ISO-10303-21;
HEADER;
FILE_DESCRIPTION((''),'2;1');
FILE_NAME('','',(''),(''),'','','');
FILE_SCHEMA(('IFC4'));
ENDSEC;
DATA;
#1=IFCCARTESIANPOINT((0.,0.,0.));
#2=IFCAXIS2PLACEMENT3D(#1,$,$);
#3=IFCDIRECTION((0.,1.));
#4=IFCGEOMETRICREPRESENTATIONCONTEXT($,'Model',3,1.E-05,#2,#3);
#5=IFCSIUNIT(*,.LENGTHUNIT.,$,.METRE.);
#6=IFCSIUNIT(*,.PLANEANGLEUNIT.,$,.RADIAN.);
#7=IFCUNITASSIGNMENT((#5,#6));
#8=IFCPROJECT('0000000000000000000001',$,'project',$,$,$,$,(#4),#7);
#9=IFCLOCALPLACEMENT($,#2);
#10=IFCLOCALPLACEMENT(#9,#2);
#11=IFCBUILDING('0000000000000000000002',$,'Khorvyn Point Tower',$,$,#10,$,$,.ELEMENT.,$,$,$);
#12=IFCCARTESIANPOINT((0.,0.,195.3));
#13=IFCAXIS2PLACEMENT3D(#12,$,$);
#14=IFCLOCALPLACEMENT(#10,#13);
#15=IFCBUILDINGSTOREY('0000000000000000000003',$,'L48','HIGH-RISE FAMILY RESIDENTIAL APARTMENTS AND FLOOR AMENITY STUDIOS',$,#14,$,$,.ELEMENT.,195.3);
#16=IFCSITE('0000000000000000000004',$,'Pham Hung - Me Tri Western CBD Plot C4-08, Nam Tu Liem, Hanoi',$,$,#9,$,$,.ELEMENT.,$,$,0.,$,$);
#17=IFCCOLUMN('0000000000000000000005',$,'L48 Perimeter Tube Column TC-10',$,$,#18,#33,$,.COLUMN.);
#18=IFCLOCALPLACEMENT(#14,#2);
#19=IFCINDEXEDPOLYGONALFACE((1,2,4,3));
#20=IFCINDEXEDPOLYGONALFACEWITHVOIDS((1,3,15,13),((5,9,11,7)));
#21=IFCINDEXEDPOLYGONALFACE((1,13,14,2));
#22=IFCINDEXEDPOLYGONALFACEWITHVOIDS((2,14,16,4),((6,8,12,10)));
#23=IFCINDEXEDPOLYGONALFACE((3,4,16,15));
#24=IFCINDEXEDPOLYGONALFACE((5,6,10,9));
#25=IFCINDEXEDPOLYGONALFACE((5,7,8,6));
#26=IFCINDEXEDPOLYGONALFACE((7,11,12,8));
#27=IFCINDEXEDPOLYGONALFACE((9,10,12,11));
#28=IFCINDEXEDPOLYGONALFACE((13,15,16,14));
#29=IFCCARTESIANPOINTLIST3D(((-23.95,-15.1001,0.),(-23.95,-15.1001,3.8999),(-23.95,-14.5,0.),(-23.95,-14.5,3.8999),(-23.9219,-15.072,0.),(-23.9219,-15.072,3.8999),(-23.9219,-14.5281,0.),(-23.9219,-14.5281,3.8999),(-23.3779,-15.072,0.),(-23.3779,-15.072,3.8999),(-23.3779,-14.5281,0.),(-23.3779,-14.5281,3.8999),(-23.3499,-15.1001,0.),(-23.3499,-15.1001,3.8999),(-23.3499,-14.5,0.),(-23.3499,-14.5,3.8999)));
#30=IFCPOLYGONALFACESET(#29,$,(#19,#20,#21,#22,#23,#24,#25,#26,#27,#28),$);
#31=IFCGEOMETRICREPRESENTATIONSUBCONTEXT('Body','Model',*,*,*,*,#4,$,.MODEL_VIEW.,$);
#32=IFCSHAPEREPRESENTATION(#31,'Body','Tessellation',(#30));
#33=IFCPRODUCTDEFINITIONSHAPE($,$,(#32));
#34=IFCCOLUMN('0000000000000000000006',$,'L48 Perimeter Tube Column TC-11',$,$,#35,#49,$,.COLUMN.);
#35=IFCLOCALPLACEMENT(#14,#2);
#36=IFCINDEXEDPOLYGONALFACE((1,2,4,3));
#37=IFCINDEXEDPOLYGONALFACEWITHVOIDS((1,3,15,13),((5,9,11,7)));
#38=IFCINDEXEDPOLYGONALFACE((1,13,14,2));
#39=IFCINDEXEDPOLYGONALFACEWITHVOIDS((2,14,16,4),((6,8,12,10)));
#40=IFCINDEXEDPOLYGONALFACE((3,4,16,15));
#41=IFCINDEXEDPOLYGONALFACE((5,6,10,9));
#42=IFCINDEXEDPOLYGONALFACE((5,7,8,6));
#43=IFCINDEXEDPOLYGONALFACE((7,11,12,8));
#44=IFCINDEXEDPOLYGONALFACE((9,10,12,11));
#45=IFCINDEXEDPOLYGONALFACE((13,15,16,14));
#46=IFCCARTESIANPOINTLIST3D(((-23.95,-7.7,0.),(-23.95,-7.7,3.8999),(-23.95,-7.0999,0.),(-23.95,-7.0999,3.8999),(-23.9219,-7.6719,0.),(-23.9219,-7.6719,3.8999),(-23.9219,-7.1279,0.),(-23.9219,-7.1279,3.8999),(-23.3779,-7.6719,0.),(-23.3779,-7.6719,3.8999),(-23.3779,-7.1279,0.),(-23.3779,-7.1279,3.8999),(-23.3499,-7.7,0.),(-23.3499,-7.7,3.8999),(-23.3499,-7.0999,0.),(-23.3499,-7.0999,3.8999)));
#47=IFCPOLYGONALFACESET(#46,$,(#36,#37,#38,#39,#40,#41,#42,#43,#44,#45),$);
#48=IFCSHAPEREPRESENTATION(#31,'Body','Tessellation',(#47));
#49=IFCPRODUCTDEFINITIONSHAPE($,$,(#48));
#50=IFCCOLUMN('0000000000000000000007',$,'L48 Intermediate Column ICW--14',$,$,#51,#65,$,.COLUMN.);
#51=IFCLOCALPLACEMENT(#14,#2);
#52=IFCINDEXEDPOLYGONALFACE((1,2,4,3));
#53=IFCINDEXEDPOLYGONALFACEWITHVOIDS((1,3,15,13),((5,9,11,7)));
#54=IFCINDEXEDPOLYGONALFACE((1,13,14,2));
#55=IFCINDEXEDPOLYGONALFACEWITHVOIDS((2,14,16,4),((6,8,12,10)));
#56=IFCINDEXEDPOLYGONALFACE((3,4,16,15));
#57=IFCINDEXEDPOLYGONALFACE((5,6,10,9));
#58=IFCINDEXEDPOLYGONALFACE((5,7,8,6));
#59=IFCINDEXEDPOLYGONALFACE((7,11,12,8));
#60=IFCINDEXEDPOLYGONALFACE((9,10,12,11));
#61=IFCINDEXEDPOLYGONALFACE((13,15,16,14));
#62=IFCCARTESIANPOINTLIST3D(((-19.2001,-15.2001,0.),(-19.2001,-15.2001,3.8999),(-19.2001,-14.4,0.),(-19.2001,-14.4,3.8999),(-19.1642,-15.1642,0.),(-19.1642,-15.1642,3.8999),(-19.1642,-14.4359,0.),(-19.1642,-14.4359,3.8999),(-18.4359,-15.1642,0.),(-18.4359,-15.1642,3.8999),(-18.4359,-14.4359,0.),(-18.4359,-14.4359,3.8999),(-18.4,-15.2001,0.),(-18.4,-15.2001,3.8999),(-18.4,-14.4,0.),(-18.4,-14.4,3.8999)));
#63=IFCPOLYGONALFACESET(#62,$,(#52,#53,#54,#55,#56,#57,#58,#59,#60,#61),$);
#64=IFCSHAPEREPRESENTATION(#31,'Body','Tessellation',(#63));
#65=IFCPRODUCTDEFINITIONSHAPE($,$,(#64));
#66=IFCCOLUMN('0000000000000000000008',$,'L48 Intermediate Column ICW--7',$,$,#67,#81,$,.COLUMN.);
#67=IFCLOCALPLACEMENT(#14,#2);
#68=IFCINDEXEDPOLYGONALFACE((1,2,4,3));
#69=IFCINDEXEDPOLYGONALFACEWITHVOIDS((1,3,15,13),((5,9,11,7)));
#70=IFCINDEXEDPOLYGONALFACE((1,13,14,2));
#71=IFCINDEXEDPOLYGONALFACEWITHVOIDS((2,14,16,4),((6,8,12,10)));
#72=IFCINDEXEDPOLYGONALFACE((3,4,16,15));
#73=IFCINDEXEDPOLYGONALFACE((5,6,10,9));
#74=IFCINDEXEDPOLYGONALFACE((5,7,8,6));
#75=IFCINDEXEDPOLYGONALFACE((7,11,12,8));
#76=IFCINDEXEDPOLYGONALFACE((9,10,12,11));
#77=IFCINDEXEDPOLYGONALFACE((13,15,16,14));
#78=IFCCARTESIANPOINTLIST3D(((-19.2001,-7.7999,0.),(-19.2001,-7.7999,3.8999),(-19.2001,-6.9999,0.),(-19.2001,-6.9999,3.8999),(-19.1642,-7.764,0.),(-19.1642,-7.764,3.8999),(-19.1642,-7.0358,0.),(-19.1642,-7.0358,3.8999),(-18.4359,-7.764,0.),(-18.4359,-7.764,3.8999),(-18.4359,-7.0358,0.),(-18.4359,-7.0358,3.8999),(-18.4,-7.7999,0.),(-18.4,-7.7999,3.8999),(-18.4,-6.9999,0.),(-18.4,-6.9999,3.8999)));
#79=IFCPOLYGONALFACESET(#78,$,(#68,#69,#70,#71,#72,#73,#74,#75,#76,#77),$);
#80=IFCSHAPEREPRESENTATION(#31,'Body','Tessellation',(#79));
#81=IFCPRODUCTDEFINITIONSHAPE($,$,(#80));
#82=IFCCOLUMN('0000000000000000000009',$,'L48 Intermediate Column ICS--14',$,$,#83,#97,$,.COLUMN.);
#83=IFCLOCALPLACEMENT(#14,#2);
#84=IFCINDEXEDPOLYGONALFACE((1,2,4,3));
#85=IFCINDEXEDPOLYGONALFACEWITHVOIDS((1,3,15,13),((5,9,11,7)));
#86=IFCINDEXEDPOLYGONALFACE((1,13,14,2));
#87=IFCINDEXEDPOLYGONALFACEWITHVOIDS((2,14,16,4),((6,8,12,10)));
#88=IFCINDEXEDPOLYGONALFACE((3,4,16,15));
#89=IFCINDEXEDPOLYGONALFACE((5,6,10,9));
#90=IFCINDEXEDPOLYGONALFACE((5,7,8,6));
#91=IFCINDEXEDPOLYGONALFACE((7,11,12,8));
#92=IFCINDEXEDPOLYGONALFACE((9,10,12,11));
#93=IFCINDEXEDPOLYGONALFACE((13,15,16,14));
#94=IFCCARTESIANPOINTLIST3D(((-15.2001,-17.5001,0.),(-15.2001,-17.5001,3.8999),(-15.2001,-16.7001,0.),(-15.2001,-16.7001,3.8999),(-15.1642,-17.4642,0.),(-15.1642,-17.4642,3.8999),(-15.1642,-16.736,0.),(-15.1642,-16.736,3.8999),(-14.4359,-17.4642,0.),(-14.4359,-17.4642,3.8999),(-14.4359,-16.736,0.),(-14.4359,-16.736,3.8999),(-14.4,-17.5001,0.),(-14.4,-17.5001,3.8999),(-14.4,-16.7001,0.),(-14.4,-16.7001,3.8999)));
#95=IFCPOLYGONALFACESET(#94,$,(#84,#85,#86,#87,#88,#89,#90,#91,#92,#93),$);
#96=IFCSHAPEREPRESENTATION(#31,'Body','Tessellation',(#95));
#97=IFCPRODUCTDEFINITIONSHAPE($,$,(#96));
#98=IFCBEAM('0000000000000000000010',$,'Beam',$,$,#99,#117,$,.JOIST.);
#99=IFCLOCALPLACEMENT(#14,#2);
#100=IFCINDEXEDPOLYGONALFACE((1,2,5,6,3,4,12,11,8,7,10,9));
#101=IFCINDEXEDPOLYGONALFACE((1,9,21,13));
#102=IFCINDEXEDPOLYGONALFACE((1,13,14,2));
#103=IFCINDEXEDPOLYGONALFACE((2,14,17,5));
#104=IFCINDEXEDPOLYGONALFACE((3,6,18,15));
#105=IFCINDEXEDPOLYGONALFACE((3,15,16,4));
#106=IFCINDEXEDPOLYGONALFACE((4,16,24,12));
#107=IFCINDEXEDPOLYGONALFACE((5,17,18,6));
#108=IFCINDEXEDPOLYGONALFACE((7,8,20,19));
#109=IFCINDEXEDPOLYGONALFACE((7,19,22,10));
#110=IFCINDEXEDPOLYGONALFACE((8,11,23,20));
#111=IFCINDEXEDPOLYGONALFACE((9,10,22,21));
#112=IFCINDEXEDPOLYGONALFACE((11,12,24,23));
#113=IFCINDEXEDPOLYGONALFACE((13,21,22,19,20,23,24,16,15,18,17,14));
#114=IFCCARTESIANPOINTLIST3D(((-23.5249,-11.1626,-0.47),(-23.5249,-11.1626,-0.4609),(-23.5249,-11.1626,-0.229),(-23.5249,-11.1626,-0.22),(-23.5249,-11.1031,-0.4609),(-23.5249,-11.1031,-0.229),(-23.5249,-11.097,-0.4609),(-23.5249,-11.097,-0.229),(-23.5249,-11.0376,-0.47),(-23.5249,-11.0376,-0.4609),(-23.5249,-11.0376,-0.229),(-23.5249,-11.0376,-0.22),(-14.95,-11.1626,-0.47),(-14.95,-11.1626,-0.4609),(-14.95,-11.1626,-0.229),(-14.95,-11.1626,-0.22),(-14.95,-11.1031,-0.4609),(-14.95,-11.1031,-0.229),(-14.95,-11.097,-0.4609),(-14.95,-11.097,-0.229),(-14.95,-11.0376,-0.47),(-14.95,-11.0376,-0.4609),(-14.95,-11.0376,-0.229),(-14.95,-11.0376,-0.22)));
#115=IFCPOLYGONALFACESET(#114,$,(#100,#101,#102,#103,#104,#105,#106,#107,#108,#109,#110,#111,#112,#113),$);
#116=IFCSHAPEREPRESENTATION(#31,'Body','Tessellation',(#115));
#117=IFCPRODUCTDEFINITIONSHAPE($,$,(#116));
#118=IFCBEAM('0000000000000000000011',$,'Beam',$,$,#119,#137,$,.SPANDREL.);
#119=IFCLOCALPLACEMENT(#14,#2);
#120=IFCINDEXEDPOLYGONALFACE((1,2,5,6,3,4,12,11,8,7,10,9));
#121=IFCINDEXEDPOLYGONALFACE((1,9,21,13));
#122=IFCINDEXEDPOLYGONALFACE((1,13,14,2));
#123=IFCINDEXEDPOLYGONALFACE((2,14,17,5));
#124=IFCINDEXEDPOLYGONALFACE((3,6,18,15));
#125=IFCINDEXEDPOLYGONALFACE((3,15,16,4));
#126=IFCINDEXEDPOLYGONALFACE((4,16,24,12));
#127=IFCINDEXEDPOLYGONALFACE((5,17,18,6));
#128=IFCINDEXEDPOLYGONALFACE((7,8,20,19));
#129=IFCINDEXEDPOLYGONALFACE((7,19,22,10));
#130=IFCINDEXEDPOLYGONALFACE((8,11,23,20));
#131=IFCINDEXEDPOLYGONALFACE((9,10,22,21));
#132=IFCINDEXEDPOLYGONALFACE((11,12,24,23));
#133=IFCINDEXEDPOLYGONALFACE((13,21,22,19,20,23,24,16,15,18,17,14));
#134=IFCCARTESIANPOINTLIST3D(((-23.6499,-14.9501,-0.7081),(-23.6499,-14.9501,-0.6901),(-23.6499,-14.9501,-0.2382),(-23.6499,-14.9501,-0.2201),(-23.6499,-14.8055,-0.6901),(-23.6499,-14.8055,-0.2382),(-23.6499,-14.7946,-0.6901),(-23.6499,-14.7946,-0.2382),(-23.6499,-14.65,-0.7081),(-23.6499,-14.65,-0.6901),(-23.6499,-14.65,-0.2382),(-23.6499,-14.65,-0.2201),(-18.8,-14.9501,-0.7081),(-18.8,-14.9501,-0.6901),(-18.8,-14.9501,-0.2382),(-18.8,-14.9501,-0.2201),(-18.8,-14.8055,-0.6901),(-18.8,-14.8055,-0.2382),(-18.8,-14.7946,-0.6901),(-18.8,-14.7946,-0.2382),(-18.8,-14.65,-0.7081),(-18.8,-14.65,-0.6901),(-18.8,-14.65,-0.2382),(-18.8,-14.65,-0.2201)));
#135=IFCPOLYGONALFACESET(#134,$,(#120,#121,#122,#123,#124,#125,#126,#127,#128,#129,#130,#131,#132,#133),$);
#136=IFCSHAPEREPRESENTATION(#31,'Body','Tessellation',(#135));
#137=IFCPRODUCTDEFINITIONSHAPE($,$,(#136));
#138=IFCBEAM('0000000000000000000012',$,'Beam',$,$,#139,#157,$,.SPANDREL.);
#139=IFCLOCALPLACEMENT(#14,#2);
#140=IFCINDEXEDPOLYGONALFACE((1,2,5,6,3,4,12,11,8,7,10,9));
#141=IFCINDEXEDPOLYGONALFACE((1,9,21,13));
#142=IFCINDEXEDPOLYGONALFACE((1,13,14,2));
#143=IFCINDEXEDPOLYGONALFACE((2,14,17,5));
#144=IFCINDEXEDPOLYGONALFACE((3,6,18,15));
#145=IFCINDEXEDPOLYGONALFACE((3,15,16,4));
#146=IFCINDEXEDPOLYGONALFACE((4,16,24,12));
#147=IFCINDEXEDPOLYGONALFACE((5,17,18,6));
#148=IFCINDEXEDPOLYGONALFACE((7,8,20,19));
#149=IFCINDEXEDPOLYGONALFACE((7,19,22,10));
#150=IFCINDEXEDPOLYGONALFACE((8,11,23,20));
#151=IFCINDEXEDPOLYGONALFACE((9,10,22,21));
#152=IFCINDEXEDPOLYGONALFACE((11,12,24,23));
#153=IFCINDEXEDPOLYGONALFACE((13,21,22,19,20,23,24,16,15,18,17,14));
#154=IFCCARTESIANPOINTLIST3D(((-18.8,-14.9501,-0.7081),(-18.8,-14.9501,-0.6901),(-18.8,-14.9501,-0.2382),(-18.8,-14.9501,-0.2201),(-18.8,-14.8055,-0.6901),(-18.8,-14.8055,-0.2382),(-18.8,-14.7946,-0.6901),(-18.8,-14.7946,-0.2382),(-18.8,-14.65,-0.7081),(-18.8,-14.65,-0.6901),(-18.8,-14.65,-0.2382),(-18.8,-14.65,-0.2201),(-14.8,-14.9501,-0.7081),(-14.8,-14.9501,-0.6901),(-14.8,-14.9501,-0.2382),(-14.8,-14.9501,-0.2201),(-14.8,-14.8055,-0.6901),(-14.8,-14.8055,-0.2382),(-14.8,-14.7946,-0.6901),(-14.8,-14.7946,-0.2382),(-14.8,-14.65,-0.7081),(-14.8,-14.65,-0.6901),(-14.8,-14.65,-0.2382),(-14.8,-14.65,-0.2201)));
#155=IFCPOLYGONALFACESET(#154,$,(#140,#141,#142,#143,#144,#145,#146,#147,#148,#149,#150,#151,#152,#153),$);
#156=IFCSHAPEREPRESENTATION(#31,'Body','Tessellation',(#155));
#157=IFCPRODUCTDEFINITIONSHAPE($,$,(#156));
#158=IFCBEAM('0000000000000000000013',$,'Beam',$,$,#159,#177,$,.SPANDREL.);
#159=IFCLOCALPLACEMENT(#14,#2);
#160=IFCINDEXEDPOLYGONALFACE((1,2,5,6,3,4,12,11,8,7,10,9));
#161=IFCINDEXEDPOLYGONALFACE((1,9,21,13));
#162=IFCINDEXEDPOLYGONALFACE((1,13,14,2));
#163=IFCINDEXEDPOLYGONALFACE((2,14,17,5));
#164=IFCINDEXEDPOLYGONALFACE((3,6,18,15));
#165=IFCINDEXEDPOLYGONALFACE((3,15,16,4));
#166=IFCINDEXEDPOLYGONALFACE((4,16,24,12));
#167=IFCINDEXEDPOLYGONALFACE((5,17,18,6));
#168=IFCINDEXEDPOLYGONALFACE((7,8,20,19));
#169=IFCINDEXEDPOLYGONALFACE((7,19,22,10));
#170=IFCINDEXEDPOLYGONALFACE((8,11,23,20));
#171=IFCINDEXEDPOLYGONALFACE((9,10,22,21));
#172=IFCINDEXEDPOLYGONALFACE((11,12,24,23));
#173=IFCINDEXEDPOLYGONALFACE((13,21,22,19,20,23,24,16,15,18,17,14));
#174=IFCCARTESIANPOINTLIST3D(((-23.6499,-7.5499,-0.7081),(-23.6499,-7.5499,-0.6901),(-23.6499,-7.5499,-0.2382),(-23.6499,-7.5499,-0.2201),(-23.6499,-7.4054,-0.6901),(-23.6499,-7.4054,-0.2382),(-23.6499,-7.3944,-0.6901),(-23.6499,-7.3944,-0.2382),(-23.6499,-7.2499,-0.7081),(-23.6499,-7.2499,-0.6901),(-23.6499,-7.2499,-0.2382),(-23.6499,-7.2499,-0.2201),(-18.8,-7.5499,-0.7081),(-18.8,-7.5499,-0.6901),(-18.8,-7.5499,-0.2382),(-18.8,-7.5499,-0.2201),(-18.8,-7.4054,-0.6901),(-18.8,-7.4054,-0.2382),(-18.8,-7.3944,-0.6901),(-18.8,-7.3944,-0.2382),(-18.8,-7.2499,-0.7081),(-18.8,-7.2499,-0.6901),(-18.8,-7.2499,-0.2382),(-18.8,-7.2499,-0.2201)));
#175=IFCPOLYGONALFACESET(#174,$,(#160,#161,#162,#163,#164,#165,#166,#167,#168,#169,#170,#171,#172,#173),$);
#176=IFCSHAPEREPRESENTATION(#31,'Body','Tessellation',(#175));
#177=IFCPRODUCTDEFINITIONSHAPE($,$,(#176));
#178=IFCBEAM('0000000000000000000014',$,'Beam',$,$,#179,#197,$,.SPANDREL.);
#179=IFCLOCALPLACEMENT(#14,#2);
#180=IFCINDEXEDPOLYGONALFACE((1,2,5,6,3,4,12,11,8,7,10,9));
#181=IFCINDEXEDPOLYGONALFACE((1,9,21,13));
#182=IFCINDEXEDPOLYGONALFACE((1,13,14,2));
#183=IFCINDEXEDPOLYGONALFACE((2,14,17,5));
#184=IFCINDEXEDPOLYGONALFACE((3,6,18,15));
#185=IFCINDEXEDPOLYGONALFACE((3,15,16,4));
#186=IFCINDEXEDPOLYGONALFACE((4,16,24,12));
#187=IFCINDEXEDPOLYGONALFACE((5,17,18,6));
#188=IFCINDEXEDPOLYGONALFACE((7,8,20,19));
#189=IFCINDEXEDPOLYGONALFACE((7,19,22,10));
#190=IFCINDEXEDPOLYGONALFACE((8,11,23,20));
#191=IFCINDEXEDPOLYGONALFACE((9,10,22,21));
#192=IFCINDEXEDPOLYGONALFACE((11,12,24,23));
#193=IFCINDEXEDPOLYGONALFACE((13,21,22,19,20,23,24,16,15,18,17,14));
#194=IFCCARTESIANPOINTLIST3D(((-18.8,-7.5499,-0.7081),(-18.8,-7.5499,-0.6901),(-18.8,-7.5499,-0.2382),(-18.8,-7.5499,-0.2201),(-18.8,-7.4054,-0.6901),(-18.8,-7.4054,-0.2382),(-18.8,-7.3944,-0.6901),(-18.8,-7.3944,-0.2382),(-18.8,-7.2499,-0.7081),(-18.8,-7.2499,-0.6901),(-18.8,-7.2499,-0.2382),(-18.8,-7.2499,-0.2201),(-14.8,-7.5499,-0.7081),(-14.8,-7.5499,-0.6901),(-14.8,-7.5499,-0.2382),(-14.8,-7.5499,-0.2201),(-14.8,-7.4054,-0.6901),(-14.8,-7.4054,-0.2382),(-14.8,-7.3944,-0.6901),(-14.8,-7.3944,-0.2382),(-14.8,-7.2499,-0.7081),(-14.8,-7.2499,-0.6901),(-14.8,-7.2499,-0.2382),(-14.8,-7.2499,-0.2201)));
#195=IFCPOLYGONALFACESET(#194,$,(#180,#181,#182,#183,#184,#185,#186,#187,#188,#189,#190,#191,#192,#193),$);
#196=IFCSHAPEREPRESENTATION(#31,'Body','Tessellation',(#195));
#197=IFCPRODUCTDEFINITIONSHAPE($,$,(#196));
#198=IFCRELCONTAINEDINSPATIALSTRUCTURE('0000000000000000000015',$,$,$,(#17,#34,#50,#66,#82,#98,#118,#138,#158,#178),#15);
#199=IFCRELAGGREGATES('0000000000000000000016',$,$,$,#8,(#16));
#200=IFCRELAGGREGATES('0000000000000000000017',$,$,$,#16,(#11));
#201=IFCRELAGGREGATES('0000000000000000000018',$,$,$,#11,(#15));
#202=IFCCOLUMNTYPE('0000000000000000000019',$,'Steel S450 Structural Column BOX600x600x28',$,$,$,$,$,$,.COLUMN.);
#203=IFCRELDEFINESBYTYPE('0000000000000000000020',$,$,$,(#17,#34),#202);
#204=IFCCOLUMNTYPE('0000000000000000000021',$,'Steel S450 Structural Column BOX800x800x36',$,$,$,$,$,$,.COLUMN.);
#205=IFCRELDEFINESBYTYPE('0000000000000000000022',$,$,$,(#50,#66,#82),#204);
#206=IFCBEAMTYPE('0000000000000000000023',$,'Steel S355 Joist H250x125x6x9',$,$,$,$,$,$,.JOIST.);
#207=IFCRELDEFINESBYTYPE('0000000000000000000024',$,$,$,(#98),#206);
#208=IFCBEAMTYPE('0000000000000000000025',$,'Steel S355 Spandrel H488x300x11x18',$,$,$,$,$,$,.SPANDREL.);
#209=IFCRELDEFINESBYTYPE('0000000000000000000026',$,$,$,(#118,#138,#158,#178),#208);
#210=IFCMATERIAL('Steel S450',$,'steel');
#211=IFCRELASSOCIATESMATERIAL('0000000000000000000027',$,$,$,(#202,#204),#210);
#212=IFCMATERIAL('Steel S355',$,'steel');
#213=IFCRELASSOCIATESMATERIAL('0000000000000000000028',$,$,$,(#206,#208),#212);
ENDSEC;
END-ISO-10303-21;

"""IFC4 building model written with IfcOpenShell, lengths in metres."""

from ifc_helpers import new_model, si_unit, direction, frame, origin, origin_2d, place, context, subcontext, project, spatial, hollow_rectangle, i_section, extrude, material, material_profile, profile_set, type_object, element, save


model = new_model("IFC4")

# Units and contexts
model_context = context("Model", 3, precision=1e-05, world=origin(), true_north=direction((0.0, 1.0)))
body_context = subcontext(model_context, "Body", "Model", "MODEL_VIEW")
ifc_project = project(units=[si_unit("LENGTHUNIT", "METRE"), si_unit("PLANEANGLEUNIT", "RADIAN")], contexts=[model_context])

# Site, building, storey
site_placement = place(None, origin())
site = spatial("IfcSite", under=ifc_project, at=site_placement, Name="Pham Hung - Me Tri Western CBD Plot C4-08, Nam Tu Liem, Hanoi", CompositionType="ELEMENT", RefElevation=0.0)
building_placement = place(site_placement, origin())
building = spatial("IfcBuilding", under=site, at=building_placement, Name="Khorvyn Point Tower", CompositionType="ELEMENT")
storey_placement = place(building_placement, frame((0.0, 0.0, 195.3)))
storey = spatial("IfcBuildingStorey", under=building, at=storey_placement, Name="L48", Description="HIGH-RISE FAMILY RESIDENTIAL APARTMENTS AND FLOOR AMENITY STUDIOS", CompositionType="ELEMENT", Elevation=195.3)

# Columns
ifc_material_1 = material(Name="Steel S450", Category="steel")
ifc_material_profile_1 = material_profile(ifc_material_1, hollow_rectangle(XDim=0.6001, YDim=0.6001, WallThickness=0.0281, at=origin_2d()))
ifc_profile_set_1 = profile_set([ifc_material_profile_1], Name="Steel S450 BOX600x600x28")
column_type_1 = type_object("IfcColumnType", Name="Steel S450 Structural Column BOX600x600x28", PredefinedType="COLUMN", material=ifc_profile_set_1)
for number, where, z_axis, x_axis, name in (
    (1, (-23.6499, -14.8, 0.0), (0.0, 0.0, 1.0), (1.0, 0.0, 0.0), "L48 Perimeter Tube Column TC-10"),
    (2, (-23.6499, -7.3999, 0.0), (0.0, 0.0, 1.0), (1.0, 0.0, 0.0), "L48 Perimeter Tube Column TC-11"),
):
    element("IfcColumn", number, at=place(storey_placement, frame(where, z_axis=z_axis, x_axis=x_axis)), inside=storey, type_object=column_type_1, Name=name, PredefinedType="COLUMN", context=body_context, shape_type="SweptSolid", body=[
        extrude(hollow_rectangle(XDim=0.6001, YDim=0.6001, WallThickness=0.0281, at=origin_2d()), origin(), (0.0, 0.0, 1.0), 3.8999),
    ])
ifc_material_profile_2 = material_profile(ifc_material_1, hollow_rectangle(XDim=0.8, YDim=0.8, WallThickness=0.0359, at=origin_2d()))
ifc_profile_set_2 = profile_set([ifc_material_profile_2], Name="Steel S450 BOX800x800x36")
column_type_2 = type_object("IfcColumnType", Name="Steel S450 Structural Column BOX800x800x36", PredefinedType="COLUMN", material=ifc_profile_set_2)
for number, where, z_axis, x_axis, name in (
    (3, (-18.8, -14.8, 0.0), (0.0, 0.0, 1.0), (1.0, 0.0, 0.0), "L48 Intermediate Column ICW--14"),
    (4, (-18.8, -7.3999, 0.0), (0.0, 0.0, 1.0), (1.0, 0.0, 0.0), "L48 Intermediate Column ICW--7"),
    (5, (-14.8, -17.1001, 0.0), (0.0, 0.0, 1.0), (1.0, 0.0, 0.0), "L48 Intermediate Column ICS--14"),
):
    element("IfcColumn", number, at=place(storey_placement, frame(where, z_axis=z_axis, x_axis=x_axis)), inside=storey, type_object=column_type_2, Name=name, PredefinedType="COLUMN", context=body_context, shape_type="SweptSolid", body=[
        extrude(hollow_rectangle(XDim=0.8, YDim=0.8, WallThickness=0.0359, at=origin_2d()), origin(), (0.0, 0.0, 1.0), 3.8999),
    ])

# Beams
ifc_material_2 = material(Name="Steel S355", Category="steel")
ifc_material_profile_3 = material_profile(ifc_material_2, i_section(OverallWidth=0.125, OverallDepth=0.25, WebThickness=0.0061, FlangeThickness=0.009, at=origin_2d()))
ifc_profile_set_3 = profile_set([ifc_material_profile_3], Name="Steel S355 H250x125x6x9")
beam_type_1 = type_object("IfcBeamType", Name="Steel S355 Joist H250x125x6x9", PredefinedType="JOIST", material=ifc_profile_set_3)
beam_1_placement = place(storey_placement, frame((-23.5249, -11.1001, -0.345), z_axis=(1.0, 0.0, 0.0), x_axis=(0.0, 1.0, 0.0)))
element("IfcBeam", 6, at=beam_1_placement, inside=storey, type_object=beam_type_1, Name="Beam", PredefinedType="JOIST", context=body_context, shape_type="SweptSolid", body=[
    extrude(i_section(OverallWidth=0.125, OverallDepth=0.25, WebThickness=0.0061, FlangeThickness=0.009, at=origin_2d()), origin(), (0.0, 0.0, 1.0), 8.575),
])
ifc_material_profile_4 = material_profile(ifc_material_2, i_section(OverallWidth=0.3, OverallDepth=0.488, WebThickness=0.011, FlangeThickness=0.0181, at=origin_2d()))
ifc_profile_set_4 = profile_set([ifc_material_profile_4], Name="Steel S355 H488x300x11x18")
beam_type_2 = type_object("IfcBeamType", Name="Steel S355 Spandrel H488x300x11x18", PredefinedType="SPANDREL", material=ifc_profile_set_4)
beam_2_placement = place(storey_placement, frame((-23.6499, -14.8, -0.4641), z_axis=(1.0, 0.0, 0.0), x_axis=(0.0, 1.0, 0.0)))
element("IfcBeam", 7, at=beam_2_placement, inside=storey, type_object=beam_type_2, Name="Beam", PredefinedType="SPANDREL", context=body_context, shape_type="SweptSolid", body=[
    extrude(i_section(OverallWidth=0.3, OverallDepth=0.488, WebThickness=0.011, FlangeThickness=0.0181, at=origin_2d()), origin(), (0.0, 0.0, 1.0), 4.8499),
])
beam_3_placement = place(storey_placement, frame((-18.8, -14.8, -0.4641), z_axis=(1.0, 0.0, 0.0), x_axis=(0.0, 1.0, 0.0)))
element("IfcBeam", 8, at=beam_3_placement, inside=storey, type_object=beam_type_2, Name="Beam", PredefinedType="SPANDREL", context=body_context, shape_type="SweptSolid", body=[
    extrude(i_section(OverallWidth=0.3, OverallDepth=0.488, WebThickness=0.011, FlangeThickness=0.0181, at=origin_2d()), origin(), (0.0, 0.0, 1.0), 4.0),
])
beam_4_placement = place(storey_placement, frame((-23.6499, -7.3999, -0.4641), z_axis=(1.0, 0.0, 0.0), x_axis=(0.0, 1.0, 0.0)))
element("IfcBeam", 9, at=beam_4_placement, inside=storey, type_object=beam_type_2, Name="Beam", PredefinedType="SPANDREL", context=body_context, shape_type="SweptSolid", body=[
    extrude(i_section(OverallWidth=0.3, OverallDepth=0.488, WebThickness=0.011, FlangeThickness=0.0181, at=origin_2d()), origin(), (0.0, 0.0, 1.0), 4.8499),
])
beam_5_placement = place(storey_placement, frame((-18.8, -7.3999, -0.4641), z_axis=(1.0, 0.0, 0.0), x_axis=(0.0, 1.0, 0.0)))
element("IfcBeam", 10, at=beam_5_placement, inside=storey, type_object=beam_type_2, Name="Beam", PredefinedType="SPANDREL", context=body_context, shape_type="SweptSolid", body=[
    extrude(i_section(OverallWidth=0.3, OverallDepth=0.488, WebThickness=0.011, FlangeThickness=0.0181, at=origin_2d()), origin(), (0.0, 0.0, 1.0), 4.0),
])

save(model, "model.ifc")
